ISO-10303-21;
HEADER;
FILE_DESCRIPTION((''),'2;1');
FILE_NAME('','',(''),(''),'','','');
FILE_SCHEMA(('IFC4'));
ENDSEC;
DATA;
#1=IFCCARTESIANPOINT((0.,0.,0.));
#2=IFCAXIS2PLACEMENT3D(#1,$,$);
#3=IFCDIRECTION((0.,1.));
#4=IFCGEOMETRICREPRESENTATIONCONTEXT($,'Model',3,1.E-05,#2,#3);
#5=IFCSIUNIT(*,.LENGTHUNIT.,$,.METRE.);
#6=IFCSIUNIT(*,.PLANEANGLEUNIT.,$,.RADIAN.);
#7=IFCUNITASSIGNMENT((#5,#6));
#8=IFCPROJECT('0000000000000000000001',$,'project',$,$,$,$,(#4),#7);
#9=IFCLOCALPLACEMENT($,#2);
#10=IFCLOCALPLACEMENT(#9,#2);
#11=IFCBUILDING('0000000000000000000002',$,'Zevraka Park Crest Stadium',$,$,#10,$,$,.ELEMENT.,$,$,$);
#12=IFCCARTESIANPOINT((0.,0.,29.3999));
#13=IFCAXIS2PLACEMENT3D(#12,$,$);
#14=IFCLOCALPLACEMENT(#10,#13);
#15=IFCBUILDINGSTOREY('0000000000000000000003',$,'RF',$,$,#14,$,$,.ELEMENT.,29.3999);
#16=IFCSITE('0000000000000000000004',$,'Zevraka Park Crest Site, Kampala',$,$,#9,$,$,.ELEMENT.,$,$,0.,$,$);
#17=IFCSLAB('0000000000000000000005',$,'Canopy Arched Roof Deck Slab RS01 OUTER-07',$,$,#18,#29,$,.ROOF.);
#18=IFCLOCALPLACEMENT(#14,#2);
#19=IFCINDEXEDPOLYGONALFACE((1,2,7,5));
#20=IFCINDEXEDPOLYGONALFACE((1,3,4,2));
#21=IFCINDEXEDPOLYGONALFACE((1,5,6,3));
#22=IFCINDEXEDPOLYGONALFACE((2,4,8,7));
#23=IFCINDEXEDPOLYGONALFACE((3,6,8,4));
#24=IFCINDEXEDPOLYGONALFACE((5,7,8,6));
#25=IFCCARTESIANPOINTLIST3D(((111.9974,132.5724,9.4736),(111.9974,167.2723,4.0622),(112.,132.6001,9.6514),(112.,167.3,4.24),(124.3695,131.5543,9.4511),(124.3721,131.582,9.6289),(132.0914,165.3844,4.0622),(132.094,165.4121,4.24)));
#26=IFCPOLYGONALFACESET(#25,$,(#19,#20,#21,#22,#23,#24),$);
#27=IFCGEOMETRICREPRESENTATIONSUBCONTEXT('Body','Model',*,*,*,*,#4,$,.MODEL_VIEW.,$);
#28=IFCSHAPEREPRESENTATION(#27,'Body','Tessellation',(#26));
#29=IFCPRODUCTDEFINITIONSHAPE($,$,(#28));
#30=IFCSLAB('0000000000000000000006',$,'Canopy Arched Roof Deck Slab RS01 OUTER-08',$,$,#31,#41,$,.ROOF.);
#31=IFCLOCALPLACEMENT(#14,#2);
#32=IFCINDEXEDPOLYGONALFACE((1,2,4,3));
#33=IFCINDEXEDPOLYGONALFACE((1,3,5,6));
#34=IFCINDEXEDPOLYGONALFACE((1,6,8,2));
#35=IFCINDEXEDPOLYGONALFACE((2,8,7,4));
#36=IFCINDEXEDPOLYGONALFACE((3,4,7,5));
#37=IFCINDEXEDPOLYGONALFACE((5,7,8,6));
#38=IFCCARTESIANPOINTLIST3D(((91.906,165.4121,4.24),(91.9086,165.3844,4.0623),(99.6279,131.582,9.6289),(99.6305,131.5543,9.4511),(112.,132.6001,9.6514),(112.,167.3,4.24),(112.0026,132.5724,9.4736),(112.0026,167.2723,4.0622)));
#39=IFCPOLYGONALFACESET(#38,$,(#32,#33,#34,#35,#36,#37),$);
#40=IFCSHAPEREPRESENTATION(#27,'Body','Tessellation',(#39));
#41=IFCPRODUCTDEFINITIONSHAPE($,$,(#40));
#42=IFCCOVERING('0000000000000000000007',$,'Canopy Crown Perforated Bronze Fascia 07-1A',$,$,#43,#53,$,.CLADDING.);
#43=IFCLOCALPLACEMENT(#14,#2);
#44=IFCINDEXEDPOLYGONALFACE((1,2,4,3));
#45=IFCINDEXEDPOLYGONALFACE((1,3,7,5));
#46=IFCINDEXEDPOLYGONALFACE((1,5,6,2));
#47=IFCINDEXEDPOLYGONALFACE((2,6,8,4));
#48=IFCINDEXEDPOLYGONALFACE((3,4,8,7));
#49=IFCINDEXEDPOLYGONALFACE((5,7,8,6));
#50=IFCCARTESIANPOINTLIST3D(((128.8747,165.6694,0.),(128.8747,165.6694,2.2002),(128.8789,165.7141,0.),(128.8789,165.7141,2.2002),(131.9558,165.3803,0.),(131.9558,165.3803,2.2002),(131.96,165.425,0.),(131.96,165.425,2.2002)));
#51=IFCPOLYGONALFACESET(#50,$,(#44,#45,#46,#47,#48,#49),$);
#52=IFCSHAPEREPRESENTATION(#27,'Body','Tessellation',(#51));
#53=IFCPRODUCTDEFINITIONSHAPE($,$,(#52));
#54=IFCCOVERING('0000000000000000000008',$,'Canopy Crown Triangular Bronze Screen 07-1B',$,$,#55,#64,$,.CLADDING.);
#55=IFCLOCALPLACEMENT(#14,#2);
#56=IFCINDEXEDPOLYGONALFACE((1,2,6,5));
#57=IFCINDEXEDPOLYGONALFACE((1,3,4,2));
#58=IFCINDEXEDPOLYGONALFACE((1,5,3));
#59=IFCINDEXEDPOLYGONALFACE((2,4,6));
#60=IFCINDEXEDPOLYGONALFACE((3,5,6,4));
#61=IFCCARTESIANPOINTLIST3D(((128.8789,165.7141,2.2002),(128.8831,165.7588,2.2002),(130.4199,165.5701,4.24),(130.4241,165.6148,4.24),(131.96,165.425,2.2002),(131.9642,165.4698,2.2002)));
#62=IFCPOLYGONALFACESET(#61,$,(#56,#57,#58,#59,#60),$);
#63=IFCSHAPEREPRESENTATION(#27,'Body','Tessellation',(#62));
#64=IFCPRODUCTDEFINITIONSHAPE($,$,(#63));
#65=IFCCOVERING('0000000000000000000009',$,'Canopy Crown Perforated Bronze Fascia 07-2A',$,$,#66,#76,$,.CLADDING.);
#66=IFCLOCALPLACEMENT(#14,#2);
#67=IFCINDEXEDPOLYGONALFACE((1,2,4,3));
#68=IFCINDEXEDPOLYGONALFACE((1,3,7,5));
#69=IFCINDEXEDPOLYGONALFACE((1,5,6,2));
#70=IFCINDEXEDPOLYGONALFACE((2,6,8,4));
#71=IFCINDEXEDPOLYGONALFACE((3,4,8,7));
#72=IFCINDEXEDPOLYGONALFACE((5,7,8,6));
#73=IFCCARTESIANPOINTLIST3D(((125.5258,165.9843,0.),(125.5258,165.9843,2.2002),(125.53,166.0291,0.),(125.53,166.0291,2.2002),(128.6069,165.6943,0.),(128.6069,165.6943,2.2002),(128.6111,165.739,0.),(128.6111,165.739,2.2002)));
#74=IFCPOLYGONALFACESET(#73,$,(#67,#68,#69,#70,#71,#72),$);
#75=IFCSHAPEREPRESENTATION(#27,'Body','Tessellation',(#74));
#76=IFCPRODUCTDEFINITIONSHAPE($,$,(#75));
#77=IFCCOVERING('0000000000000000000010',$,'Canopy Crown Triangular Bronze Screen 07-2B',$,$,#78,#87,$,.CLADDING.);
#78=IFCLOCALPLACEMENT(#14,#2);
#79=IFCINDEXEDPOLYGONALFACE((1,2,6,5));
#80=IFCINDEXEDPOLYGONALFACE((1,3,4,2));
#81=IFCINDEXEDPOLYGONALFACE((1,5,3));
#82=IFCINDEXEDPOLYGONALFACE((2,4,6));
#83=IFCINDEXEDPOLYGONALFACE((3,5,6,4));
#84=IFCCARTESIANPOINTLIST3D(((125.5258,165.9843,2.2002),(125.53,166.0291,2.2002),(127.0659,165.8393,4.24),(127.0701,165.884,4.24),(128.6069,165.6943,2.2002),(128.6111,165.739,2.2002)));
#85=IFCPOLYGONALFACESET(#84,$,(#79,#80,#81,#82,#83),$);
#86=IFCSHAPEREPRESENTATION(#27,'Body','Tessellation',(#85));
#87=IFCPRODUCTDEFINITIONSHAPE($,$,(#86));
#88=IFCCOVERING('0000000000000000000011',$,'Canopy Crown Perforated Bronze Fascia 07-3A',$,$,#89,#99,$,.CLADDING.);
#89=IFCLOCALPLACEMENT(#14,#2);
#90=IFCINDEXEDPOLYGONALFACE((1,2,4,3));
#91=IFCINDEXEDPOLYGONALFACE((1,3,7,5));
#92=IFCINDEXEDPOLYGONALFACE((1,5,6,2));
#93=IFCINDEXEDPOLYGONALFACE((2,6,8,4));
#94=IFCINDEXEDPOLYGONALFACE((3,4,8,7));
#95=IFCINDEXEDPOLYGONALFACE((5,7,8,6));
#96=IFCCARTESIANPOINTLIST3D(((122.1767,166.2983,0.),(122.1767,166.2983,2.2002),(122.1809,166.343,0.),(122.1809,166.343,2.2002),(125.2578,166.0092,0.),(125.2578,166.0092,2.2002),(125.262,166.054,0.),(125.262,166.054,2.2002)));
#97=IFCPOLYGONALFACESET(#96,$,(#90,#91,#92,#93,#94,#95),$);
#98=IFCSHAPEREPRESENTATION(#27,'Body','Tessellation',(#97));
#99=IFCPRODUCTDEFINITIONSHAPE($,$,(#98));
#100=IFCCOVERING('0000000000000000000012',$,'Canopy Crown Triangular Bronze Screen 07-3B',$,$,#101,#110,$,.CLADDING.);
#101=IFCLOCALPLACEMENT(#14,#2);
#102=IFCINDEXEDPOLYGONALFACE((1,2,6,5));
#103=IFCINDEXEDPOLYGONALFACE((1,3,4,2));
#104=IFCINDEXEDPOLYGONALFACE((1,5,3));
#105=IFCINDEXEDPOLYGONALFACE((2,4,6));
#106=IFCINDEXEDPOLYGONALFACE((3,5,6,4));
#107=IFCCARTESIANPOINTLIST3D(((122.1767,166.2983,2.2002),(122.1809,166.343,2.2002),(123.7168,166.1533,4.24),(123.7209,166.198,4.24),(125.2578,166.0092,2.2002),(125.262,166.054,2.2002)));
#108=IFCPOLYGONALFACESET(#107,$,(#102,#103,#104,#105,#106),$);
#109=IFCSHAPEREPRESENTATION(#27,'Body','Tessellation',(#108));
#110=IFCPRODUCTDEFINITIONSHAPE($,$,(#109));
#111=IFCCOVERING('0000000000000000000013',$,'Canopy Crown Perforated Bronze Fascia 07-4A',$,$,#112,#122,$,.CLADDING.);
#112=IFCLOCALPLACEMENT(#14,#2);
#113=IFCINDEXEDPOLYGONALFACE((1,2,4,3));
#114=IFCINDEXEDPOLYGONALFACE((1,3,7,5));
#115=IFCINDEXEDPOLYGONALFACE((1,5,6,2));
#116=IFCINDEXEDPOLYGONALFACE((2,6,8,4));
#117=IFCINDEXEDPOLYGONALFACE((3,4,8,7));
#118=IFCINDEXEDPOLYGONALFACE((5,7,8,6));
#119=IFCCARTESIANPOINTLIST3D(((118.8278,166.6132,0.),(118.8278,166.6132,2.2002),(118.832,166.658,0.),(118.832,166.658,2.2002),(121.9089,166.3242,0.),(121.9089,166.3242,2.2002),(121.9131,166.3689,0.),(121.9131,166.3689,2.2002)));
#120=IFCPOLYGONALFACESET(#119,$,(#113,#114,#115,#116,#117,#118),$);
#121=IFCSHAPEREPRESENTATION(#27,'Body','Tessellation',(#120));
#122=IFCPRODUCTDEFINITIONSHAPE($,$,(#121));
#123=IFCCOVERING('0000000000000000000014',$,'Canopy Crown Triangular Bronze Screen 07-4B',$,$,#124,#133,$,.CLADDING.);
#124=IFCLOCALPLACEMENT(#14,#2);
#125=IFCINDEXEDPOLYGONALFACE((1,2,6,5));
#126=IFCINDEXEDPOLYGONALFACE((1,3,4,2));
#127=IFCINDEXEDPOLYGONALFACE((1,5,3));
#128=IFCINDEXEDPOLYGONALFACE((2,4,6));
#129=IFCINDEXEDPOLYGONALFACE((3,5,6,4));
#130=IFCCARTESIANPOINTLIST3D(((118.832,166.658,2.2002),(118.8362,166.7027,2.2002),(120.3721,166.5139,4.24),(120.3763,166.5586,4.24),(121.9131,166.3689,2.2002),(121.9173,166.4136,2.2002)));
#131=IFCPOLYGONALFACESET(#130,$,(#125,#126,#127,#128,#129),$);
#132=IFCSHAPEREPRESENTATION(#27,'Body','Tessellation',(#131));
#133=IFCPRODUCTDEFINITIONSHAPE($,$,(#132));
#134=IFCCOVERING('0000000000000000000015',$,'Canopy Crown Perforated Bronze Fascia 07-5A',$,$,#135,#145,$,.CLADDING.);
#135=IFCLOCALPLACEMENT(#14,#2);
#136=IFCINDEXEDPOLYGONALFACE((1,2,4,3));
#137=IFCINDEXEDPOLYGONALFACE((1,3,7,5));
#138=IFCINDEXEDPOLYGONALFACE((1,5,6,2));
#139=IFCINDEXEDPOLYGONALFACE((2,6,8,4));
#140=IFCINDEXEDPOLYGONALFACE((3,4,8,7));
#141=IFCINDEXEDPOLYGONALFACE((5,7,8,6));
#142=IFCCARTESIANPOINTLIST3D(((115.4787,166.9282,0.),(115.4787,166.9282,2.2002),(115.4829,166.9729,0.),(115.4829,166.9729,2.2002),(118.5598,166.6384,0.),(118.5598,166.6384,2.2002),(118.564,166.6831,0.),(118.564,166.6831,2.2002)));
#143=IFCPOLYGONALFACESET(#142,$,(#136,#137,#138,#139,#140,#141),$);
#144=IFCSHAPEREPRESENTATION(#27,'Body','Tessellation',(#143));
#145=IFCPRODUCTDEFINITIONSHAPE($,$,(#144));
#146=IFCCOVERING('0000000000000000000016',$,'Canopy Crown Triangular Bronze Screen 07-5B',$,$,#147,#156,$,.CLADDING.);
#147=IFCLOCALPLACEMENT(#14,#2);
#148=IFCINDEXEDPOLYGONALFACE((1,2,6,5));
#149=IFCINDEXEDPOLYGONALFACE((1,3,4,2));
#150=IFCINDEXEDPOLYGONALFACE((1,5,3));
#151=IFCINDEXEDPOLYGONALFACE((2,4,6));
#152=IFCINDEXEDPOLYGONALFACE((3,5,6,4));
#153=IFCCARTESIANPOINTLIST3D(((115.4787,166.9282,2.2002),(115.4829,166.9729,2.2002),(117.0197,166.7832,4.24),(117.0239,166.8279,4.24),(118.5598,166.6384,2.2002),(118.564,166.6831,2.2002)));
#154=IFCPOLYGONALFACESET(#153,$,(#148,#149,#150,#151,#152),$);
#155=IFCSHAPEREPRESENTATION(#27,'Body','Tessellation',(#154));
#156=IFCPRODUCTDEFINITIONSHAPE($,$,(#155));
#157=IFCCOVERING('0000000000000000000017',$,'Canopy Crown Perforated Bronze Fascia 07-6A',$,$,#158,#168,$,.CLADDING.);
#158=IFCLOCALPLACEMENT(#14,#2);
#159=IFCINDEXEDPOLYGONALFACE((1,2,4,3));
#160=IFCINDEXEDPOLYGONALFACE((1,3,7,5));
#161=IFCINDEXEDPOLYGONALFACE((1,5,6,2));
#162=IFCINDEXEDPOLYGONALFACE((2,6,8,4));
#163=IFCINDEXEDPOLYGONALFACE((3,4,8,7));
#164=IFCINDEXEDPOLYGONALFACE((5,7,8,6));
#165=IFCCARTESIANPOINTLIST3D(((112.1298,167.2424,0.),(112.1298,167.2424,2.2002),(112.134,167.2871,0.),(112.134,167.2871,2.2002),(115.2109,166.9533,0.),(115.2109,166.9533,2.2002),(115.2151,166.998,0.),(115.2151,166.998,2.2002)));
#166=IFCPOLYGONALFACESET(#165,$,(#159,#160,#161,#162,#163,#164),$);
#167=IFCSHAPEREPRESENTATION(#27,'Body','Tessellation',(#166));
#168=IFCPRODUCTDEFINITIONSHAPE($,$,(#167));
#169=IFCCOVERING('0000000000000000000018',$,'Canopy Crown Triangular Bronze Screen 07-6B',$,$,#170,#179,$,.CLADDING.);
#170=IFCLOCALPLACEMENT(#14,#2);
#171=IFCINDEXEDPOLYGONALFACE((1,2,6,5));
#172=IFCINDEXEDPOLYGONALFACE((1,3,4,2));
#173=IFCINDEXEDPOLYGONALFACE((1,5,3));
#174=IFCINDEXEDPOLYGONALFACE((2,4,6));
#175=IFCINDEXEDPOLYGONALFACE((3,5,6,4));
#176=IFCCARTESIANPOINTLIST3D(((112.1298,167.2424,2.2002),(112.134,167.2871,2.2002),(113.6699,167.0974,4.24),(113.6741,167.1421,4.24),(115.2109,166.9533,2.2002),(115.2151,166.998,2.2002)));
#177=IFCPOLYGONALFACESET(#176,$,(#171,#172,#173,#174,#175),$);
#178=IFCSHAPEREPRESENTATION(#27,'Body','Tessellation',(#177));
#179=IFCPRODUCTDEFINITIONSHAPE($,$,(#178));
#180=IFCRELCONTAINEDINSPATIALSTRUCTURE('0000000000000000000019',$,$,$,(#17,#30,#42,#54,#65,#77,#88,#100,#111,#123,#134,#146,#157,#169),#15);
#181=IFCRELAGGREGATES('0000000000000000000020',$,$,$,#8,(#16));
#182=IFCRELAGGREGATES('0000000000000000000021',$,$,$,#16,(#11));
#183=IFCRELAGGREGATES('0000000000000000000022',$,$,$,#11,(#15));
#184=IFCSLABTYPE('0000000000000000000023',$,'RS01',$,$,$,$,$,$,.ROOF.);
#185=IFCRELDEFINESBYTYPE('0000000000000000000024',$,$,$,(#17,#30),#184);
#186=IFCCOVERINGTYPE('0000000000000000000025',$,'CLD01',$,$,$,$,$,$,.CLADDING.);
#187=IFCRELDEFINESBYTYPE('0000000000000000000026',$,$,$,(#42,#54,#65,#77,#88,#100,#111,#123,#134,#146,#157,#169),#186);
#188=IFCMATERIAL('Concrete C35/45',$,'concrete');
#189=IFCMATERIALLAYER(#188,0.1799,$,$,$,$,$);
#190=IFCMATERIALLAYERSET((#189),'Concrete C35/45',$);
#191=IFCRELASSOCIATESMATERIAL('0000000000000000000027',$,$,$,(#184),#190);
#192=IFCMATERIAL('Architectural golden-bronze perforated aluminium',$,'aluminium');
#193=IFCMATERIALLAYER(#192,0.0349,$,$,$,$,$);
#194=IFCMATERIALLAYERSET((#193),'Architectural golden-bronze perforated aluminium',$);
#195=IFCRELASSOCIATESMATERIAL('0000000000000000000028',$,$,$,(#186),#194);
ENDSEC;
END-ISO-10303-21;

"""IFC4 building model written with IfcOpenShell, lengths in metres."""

from ifc_helpers import new_model, si_unit, direction, frame, origin, place, context, subcontext, project, spatial, polyline, outline, extrude, material, layer, layer_set, type_object, element, save


model = new_model("IFC4")

# Units and contexts
model_context = context("Model", 3, precision=1e-05, world=origin(), true_north=direction((0.0, 1.0)))
body_context = subcontext(model_context, "Body", "Model", "MODEL_VIEW")
ifc_project = project(units=[si_unit("LENGTHUNIT", "METRE"), si_unit("PLANEANGLEUNIT", "RADIAN")], contexts=[model_context])

# Site, building, storey
site_placement = place(None, origin())
site = spatial("IfcSite", under=ifc_project, at=site_placement, Name="Zevraka Park Crest Site, Kampala", CompositionType="ELEMENT", RefElevation=0.0)
building_placement = place(site_placement, origin())
building = spatial("IfcBuilding", under=site, at=building_placement, Name="Zevraka Park Crest Stadium", CompositionType="ELEMENT")
storey_placement = place(building_placement, frame((0.0, 0.0, 29.3999)))
storey = spatial("IfcBuildingStorey", under=building, at=storey_placement, Name="RF", CompositionType="ELEMENT", Elevation=29.3999)

# Slabs
ifc_material_1 = material(Name="Concrete C35/45", Category="concrete")
ifc_layer_1 = layer(ifc_material_1, 0.1799)
ifc_layer_set_1 = layer_set([ifc_layer_1], Name="Concrete C35/45")
slab_type = type_object("IfcSlabType", Name="RS01", PredefinedType="ROOF", material=ifc_layer_set_1)
slab_1_placement = place(storey_placement, frame((132.094, 165.4121, 4.24), z_axis=(0.014474, 0.15407, 0.987954), x_axis=(-0.995615, 0.093543, -0.000002)))
element("IfcSlab", 1, at=slab_1_placement, inside=storey, type_object=slab_type, Name="Canopy Arched Roof Deck Slab RS01 OUTER-07", PredefinedType="ROOF", context=body_context, shape_type="SweptSolid", body=[
    extrude(outline(polyline([(0.0, 0.0), (20.1825, 0.0), (16.9365, 34.969), (4.5235, 34.8236), (0.0, 0.0)])), origin(), (0.0, 0.0, -1.0), 0.1799),
])
slab_2_placement = place(storey_placement, frame((112.0, 167.3, 4.24), z_axis=(-0.014474, 0.15407, 0.987954), x_axis=(-0.995615, -0.093543, 0.000002)))
element("IfcSlab", 2, at=slab_2_placement, inside=storey, type_object=slab_type, Name="Canopy Arched Roof Deck Slab RS01 OUTER-08", PredefinedType="ROOF", context=body_context, shape_type="SweptSolid", body=[
    extrude(outline(polyline([(0.0, 0.0), (20.1825, 0.0), (15.659, 34.8236), (3.246, 34.969), (0.0, 0.0)])), origin(), (0.0, 0.0, -1.0), 0.1799),
])

# Coverings
ifc_material_2 = material(Name="Architectural golden-bronze perforated aluminium", Category="aluminium")
ifc_layer_2 = layer(ifc_material_2, 0.0349)
ifc_layer_set_2 = layer_set([ifc_layer_2], Name="Architectural golden-bronze perforated aluminium")
covering_type_1 = type_object("IfcCoveringType", Name="CLD01", PredefinedType="CLADDING", material=ifc_layer_set_2)
covering_1_placement = place(storey_placement, frame((131.96, 165.425, 0.0), z_axis=(0.093409, 0.995628, 0.0), x_axis=(-0.995628, 0.093409, 0.0)))
element("IfcCovering", 3, at=covering_1_placement, inside=storey, type_object=covering_type_1, Name="Canopy Crown Perforated Bronze Fascia 07-1A", PredefinedType="CLADDING", context=body_context, shape_type="SweptSolid", body=[
    extrude(outline(polyline([(0.0, 0.0), (3.0946, 0.0), (3.0946, 2.2002), (0.0, 2.2002), (0.0, 0.0)])), origin(), (0.0, 0.0, -1.0), 0.0449),
])
covering_2_placement = place(storey_placement, frame((131.96, 165.425, 2.2002), z_axis=(-0.093409, -0.995628, 0.000261), x_axis=(-0.995628, 0.093409, 0.0)))
element("IfcCovering", 4, at=covering_2_placement, inside=storey, type_object=covering_type_1, Name="Canopy Crown Triangular Bronze Screen 07-1B", PredefinedType="CLADDING", context=body_context, shape_type="SweptSolid", body=[
    extrude(outline(polyline([(0.0, 0.0), (3.0946, 0.0), (1.5469, -2.0398), (0.0, 0.0)])), origin(), (0.0, 0.0, -1.0), 0.0449),
])
covering_3_placement = place(storey_placement, frame((128.6111, 165.739, 0.0), z_axis=(0.093722, 0.995598, 0.0), x_axis=(-0.995598, 0.093722, 0.0)))
element("IfcCovering", 5, at=covering_3_placement, inside=storey, type_object=covering_type_1, Name="Canopy Crown Perforated Bronze Fascia 07-2A", PredefinedType="CLADDING", context=body_context, shape_type="SweptSolid", body=[
    extrude(outline(polyline([(0.0, 0.0), (3.0947, 0.0), (3.0947, 2.2002), (0.0, 2.2002), (0.0, 0.0)])), origin(), (0.0, 0.0, -1.0), 0.0449),
])
covering_4_placement = place(storey_placement, frame((128.6111, 165.739, 2.2002), z_axis=(0.093722, 0.995598, 0.000022), x_axis=(-0.995598, 0.093722, 0.0)))
element("IfcCovering", 6, at=covering_4_placement, inside=storey, type_object=covering_type_1, Name="Canopy Crown Triangular Bronze Screen 07-2B", PredefinedType="CLADDING", context=body_context, shape_type="SweptSolid", body=[
    extrude(outline(polyline([(0.0, 0.0), (3.0947, 0.0), (1.5478, 2.0398), (0.0, 0.0)])), origin(), (0.0, 0.0, -1.0), 0.0449),
])
covering_5_placement = place(storey_placement, frame((125.262, 166.054, 0.0), z_axis=(0.093409, 0.995628, 0.0), x_axis=(-0.995628, 0.093409, 0.0)))
element("IfcCovering", 7, at=covering_5_placement, inside=storey, type_object=covering_type_1, Name="Canopy Crown Perforated Bronze Fascia 07-3A", PredefinedType="CLADDING", context=body_context, shape_type="SweptSolid", body=[
    extrude(outline(polyline([(0.0, 0.0), (3.0946, 0.0), (3.0946, 2.2002), (0.0, 2.2002), (0.0, 0.0)])), origin(), (0.0, 0.0, -1.0), 0.0449),
])
covering_6_placement = place(storey_placement, frame((125.262, 166.054, 2.2002), z_axis=(0.093409, 0.995628, 0.000261), x_axis=(-0.995628, 0.093409, 0.0)))
element("IfcCovering", 8, at=covering_6_placement, inside=storey, type_object=covering_type_1, Name="Canopy Crown Triangular Bronze Screen 07-3B", PredefinedType="CLADDING", context=body_context, shape_type="SweptSolid", body=[
    extrude(outline(polyline([(0.0, 0.0), (3.0946, 0.0), (1.5477, 2.0398), (0.0, 0.0)])), origin(), (0.0, 0.0, -1.0), 0.0449),
])
covering_7_placement = place(storey_placement, frame((121.9131, 166.3689, 0.0), z_axis=(0.093409, 0.995628, 0.0), x_axis=(-0.995628, 0.093409, 0.0)))
element("IfcCovering", 9, at=covering_7_placement, inside=storey, type_object=covering_type_1, Name="Canopy Crown Perforated Bronze Fascia 07-4A", PredefinedType="CLADDING", context=body_context, shape_type="SweptSolid", body=[
    extrude(outline(polyline([(0.0, 0.0), (3.0946, 0.0), (3.0946, 2.2002), (0.0, 2.2002), (0.0, 0.0)])), origin(), (0.0, 0.0, -1.0), 0.0449),
])
covering_8_placement = place(storey_placement, frame((121.9131, 166.3689, 2.2002), z_axis=(-0.093409, -0.995628, 0.000216), x_axis=(-0.995628, 0.093409, 0.0)))
element("IfcCovering", 10, at=covering_8_placement, inside=storey, type_object=covering_type_1, Name="Canopy Crown Triangular Bronze Screen 07-4B", PredefinedType="CLADDING", context=body_context, shape_type="SweptSolid", body=[
    extrude(outline(polyline([(0.0, 0.0), (3.0946, 0.0), (1.5478, -2.0398), (0.0, 0.0)])), origin(), (0.0, 0.0, -1.0), 0.0449),
])
covering_9_placement = place(storey_placement, frame((118.564, 166.6831, 0.0), z_axis=(0.093644, 0.995606, 0.0), x_axis=(-0.995606, 0.093644, 0.0)))
element("IfcCovering", 11, at=covering_9_placement, inside=storey, type_object=covering_type_1, Name="Canopy Crown Perforated Bronze Fascia 07-5A", PredefinedType="CLADDING", context=body_context, shape_type="SweptSolid", body=[
    extrude(outline(polyline([(0.0, 0.0), (3.0947, 0.0), (3.0947, 2.2002), (0.0, 2.2002), (0.0, 0.0)])), origin(), (0.0, 0.0, -1.0), 0.0449),
])
covering_10_placement = place(storey_placement, frame((118.564, 166.6831, 2.2002), z_axis=(0.093644, 0.995606, 0.000037), x_axis=(-0.995606, 0.093644, 0.0)))
element("IfcCovering", 12, at=covering_10_placement, inside=storey, type_object=covering_type_1, Name="Canopy Crown Triangular Bronze Screen 07-5B", PredefinedType="CLADDING", context=body_context, shape_type="SweptSolid", body=[
    extrude(outline(polyline([(0.0, 0.0), (3.0947, 0.0), (1.5468, 2.0398), (0.0, 0.0)])), origin(), (0.0, 0.0, -1.0), 0.0449),
])
covering_11_placement = place(storey_placement, frame((115.2151, 166.998, 0.0), z_axis=(0.093409, 0.995628, 0.0), x_axis=(-0.995628, 0.093409, 0.0)))
element("IfcCovering", 13, at=covering_11_placement, inside=storey, type_object=covering_type_1, Name="Canopy Crown Perforated Bronze Fascia 07-6A", PredefinedType="CLADDING", context=body_context, shape_type="SweptSolid", body=[
    extrude(outline(polyline([(0.0, 0.0), (3.0946, 0.0), (3.0946, 2.2002), (0.0, 2.2002), (0.0, 0.0)])), origin(), (0.0, 0.0, -1.0), 0.0449),
])
covering_12_placement = place(storey_placement, frame((115.2151, 166.998, 2.2002), z_axis=(0.093409, 0.995628, 0.000261), x_axis=(-0.995628, 0.093409, 0.0)))
element("IfcCovering", 14, at=covering_12_placement, inside=storey, type_object=covering_type_1, Name="Canopy Crown Triangular Bronze Screen 07-6B", PredefinedType="CLADDING", context=body_context, shape_type="SweptSolid", body=[
    extrude(outline(polyline([(0.0, 0.0), (3.0946, 0.0), (1.5477, 2.0398), (0.0, 0.0)])), origin(), (0.0, 0.0, -1.0), 0.0449),
])

save(model, "model.ifc")
